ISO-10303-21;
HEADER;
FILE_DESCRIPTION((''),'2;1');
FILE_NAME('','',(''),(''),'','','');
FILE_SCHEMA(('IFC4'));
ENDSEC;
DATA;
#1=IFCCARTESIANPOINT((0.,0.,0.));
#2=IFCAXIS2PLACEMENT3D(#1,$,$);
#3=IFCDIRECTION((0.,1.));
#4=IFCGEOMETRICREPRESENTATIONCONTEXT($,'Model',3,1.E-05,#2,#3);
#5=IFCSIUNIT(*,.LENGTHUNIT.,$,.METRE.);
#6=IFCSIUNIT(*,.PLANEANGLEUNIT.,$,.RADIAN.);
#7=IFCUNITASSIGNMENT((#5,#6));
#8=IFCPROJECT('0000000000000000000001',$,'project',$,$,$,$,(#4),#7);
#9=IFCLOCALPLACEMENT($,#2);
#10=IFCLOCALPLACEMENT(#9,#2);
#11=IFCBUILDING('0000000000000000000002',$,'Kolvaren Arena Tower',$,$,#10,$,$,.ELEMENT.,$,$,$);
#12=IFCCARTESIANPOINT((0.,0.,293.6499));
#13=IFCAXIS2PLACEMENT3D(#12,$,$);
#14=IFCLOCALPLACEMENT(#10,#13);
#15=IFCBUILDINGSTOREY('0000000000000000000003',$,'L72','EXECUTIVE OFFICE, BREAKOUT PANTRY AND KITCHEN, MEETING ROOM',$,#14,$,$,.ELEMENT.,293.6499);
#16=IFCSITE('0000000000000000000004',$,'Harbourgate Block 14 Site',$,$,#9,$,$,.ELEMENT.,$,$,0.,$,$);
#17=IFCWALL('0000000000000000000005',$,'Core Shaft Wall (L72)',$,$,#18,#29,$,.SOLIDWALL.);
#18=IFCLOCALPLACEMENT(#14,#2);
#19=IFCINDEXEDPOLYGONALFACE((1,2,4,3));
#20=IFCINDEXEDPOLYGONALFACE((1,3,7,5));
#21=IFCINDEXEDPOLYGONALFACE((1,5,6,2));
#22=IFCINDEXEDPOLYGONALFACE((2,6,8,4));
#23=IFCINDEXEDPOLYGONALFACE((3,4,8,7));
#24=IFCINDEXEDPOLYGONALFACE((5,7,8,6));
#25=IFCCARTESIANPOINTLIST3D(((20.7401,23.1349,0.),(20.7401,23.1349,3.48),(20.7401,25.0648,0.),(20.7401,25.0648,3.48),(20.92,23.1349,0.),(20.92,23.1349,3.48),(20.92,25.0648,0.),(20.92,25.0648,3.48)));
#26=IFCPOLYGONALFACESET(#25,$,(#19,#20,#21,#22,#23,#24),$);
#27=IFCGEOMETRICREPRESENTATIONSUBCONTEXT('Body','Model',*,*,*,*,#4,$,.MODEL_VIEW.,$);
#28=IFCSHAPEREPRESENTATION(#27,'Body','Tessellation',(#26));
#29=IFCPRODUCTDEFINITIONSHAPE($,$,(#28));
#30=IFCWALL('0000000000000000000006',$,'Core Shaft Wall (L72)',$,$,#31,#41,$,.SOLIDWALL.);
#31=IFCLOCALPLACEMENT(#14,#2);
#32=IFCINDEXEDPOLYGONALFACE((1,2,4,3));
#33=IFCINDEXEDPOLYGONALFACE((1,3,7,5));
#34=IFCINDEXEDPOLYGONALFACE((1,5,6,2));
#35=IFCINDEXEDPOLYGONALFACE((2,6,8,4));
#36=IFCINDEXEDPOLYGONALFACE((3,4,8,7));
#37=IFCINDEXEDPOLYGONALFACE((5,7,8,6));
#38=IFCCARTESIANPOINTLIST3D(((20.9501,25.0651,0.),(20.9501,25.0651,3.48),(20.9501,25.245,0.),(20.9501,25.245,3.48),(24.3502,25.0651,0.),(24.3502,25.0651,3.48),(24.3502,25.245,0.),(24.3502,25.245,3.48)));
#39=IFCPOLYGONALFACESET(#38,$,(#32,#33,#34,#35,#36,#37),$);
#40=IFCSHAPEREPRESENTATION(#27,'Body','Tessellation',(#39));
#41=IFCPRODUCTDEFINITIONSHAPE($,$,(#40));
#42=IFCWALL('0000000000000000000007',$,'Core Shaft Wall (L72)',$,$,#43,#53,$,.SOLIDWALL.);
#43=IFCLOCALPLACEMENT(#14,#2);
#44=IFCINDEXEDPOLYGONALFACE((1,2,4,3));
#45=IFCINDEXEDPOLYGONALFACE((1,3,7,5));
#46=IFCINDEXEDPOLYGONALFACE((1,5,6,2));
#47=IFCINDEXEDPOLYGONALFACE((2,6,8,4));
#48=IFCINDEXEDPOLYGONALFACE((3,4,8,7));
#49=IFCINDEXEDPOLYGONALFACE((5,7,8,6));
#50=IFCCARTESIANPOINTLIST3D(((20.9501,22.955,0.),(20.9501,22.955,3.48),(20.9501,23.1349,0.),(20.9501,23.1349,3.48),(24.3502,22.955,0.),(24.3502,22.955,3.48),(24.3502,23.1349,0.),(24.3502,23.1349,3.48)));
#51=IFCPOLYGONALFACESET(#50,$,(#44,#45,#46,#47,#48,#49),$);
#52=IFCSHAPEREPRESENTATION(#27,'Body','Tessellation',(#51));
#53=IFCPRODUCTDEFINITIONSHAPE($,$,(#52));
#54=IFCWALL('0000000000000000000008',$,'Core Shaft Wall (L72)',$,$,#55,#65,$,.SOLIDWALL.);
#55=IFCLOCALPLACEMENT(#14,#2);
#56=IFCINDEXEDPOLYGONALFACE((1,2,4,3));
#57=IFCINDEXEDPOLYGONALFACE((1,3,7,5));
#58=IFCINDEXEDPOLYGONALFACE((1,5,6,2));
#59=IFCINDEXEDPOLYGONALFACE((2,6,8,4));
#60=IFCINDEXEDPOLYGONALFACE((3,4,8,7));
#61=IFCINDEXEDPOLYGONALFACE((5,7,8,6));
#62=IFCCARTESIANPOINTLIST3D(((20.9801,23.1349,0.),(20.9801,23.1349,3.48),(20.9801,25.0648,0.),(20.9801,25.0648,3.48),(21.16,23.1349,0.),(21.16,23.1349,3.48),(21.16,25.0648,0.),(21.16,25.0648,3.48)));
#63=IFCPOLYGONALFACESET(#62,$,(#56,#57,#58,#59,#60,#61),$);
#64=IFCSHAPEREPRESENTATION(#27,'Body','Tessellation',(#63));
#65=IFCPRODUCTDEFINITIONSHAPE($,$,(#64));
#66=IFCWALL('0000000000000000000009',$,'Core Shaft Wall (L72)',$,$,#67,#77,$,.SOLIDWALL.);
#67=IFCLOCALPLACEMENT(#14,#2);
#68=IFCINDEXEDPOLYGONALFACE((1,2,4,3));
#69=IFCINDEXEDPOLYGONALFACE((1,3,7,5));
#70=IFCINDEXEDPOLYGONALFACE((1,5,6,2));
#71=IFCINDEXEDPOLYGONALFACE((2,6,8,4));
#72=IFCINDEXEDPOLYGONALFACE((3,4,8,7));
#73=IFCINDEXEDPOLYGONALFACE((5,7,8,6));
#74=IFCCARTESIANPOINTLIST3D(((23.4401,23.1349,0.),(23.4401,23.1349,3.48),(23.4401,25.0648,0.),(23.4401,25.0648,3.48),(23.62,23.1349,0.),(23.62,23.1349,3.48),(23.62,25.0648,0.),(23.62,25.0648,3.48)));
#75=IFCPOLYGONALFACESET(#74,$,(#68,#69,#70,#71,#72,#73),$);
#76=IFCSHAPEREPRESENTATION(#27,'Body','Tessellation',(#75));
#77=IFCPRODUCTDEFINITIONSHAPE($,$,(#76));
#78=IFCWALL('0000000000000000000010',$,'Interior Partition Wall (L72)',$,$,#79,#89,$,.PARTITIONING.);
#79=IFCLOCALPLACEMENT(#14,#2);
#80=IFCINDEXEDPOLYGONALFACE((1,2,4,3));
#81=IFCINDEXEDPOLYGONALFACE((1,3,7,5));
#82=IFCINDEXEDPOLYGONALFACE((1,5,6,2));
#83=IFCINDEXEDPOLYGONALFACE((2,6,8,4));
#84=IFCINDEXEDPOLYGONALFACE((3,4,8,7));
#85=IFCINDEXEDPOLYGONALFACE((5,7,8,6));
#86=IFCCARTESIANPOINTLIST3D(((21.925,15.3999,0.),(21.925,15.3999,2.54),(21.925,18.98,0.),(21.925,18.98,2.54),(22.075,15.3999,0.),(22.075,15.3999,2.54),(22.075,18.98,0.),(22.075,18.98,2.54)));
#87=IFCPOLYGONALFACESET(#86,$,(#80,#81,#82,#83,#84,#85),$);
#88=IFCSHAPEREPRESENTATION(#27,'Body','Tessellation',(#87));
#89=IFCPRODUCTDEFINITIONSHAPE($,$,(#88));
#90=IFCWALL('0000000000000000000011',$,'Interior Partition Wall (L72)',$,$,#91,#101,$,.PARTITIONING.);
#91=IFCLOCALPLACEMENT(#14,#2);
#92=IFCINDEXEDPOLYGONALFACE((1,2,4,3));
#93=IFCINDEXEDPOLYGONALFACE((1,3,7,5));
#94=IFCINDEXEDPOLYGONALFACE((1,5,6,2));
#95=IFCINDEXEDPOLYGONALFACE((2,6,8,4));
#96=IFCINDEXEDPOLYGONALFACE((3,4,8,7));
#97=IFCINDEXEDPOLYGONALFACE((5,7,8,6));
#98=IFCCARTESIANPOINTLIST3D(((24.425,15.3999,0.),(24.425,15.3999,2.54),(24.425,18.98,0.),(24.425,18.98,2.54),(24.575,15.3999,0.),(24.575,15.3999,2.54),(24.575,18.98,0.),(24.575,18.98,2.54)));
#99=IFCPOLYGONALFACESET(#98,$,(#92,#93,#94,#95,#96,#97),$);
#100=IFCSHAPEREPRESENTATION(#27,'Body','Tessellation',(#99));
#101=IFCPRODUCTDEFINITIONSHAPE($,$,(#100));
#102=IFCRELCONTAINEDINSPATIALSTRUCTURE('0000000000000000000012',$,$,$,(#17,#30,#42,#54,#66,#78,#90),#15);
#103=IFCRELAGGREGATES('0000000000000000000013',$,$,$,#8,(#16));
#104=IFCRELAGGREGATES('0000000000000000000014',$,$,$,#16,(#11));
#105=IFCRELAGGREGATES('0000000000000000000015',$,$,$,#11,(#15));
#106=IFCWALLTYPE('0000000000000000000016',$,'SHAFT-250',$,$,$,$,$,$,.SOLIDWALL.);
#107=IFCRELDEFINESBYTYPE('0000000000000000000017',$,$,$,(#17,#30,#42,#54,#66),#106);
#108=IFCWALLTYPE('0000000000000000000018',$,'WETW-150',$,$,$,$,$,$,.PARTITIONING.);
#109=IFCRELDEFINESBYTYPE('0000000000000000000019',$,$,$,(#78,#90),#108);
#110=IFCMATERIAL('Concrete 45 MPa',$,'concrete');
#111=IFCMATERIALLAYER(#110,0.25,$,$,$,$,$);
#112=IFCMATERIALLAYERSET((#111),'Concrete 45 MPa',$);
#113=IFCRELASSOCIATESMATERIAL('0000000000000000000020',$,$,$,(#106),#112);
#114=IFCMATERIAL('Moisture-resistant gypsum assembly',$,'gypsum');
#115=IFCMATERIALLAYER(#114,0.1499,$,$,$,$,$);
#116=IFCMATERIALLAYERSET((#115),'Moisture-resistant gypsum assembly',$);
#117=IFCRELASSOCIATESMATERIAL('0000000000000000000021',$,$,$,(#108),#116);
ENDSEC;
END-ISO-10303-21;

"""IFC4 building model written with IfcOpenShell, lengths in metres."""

from ifc_helpers import new_model, si_unit, direction, frame, frame_2d, origin, place, context, subcontext, project, spatial, rectangle, extrude, material, layer, layer_set, type_object, element, save


model = new_model("IFC4")

# Units and contexts
model_context = context("Model", 3, precision=1e-05, world=origin(), true_north=direction((0.0, 1.0)))
body_context = subcontext(model_context, "Body", "Model", "MODEL_VIEW")
ifc_project = project(units=[si_unit("LENGTHUNIT", "METRE"), si_unit("PLANEANGLEUNIT", "RADIAN")], contexts=[model_context])

# Site, building, storey
site_placement = place(None, origin())
site = spatial("IfcSite", under=ifc_project, at=site_placement, Name="Harbourgate Block 14 Site", CompositionType="ELEMENT", RefElevation=0.0)
building_placement = place(site_placement, origin())
building = spatial("IfcBuilding", under=site, at=building_placement, Name="Kolvaren Arena Tower", CompositionType="ELEMENT")
storey_placement = place(building_placement, frame((0.0, 0.0, 293.6499)))
storey = spatial("IfcBuildingStorey", under=building, at=storey_placement, Name="L72", Description="EXECUTIVE OFFICE, BREAKOUT PANTRY AND KITCHEN, MEETING ROOM", CompositionType="ELEMENT", Elevation=293.6499)

# Walls
ifc_material_1 = material(Name="Concrete 45 MPa", Category="concrete")
ifc_layer_1 = layer(ifc_material_1, 0.25)
ifc_layer_set_1 = layer_set([ifc_layer_1], Name="Concrete 45 MPa")
wall_type_1 = type_object("IfcWallType", Name="SHAFT-250", PredefinedType="SOLIDWALL", material=ifc_layer_set_1)
for number, where, z_axis, x_axis, name in (
    (1, (20.8301, 23.135, 0.0), (0.0, 0.0, 1.0), (0.0, 1.0, 0.0), "Core Shaft Wall (L72)"),
):
    element("IfcWall", number, at=place(storey_placement, frame(where, z_axis=z_axis, x_axis=x_axis)), inside=storey, type_object=wall_type_1, Name=name, PredefinedType="SOLIDWALL", context=body_context, shape_type="SweptSolid", body=[
        extrude(rectangle(XDim=1.9299, YDim=0.1799, at=frame_2d((0.9648, 0.0))), origin(), (0.0, 0.0, 1.0), 3.48),
    ])
for number, where, z_axis, x_axis, name in (
    (2, (20.95, 25.155, 0.0), (0.0, 0.0, 1.0), (1.0, 0.0, 0.0), "Core Shaft Wall (L72)"),
    (3, (20.95, 23.0449, 0.0), (0.0, 0.0, 1.0), (1.0, 0.0, 0.0), "Core Shaft Wall (L72)"),
):
    element("IfcWall", number, at=place(storey_placement, frame(where, z_axis=z_axis, x_axis=x_axis)), inside=storey, type_object=wall_type_1, Name=name, PredefinedType="SOLIDWALL", context=body_context, shape_type="SweptSolid", body=[
        extrude(rectangle(XDim=3.4001, YDim=0.1799, at=frame_2d((1.7002, 0.0))), origin(), (0.0, 0.0, 1.0), 3.48),
    ])
for number, where, z_axis, x_axis, name in (
    (4, (21.0701, 23.135, 0.0), (0.0, 0.0, 1.0), (0.0, 1.0, 0.0), "Core Shaft Wall (L72)"),
    (5, (23.53, 23.135, 0.0), (0.0, 0.0, 1.0), (0.0, 1.0, 0.0), "Core Shaft Wall (L72)"),
):
    element("IfcWall", number, at=place(storey_placement, frame(where, z_axis=z_axis, x_axis=x_axis)), inside=storey, type_object=wall_type_1, Name=name, PredefinedType="SOLIDWALL", context=body_context, shape_type="SweptSolid", body=[
        extrude(rectangle(XDim=1.9299, YDim=0.1799, at=frame_2d((0.9648, 0.0))), origin(), (0.0, 0.0, 1.0), 3.48),
    ])
ifc_material_2 = material(Name="Moisture-resistant gypsum assembly", Category="gypsum")
ifc_layer_2 = layer(ifc_material_2, 0.1499)
ifc_layer_set_2 = layer_set([ifc_layer_2], Name="Moisture-resistant gypsum assembly")
wall_type_2 = type_object("IfcWallType", Name="WETW-150", PredefinedType="PARTITIONING", material=ifc_layer_set_2)
for number, where, z_axis, x_axis, name in (
    (6, (22.0, 15.3999, 0.0), (0.0, 0.0, 1.0), (0.0, 1.0, 0.0), "Interior Partition Wall (L72)"),
    (7, (24.5, 15.3999, 0.0), (0.0, 0.0, 1.0), (0.0, 1.0, 0.0), "Interior Partition Wall (L72)"),
):
    element("IfcWall", number, at=place(storey_placement, frame(where, z_axis=z_axis, x_axis=x_axis)), inside=storey, type_object=wall_type_2, Name=name, PredefinedType="PARTITIONING", context=body_context, shape_type="SweptSolid", body=[
        extrude(rectangle(XDim=3.5801, YDim=0.1499, at=frame_2d((1.79, 0.0))), origin(), (0.0, 0.0, 1.0), 2.54),
    ])

save(model, "model.ifc")
